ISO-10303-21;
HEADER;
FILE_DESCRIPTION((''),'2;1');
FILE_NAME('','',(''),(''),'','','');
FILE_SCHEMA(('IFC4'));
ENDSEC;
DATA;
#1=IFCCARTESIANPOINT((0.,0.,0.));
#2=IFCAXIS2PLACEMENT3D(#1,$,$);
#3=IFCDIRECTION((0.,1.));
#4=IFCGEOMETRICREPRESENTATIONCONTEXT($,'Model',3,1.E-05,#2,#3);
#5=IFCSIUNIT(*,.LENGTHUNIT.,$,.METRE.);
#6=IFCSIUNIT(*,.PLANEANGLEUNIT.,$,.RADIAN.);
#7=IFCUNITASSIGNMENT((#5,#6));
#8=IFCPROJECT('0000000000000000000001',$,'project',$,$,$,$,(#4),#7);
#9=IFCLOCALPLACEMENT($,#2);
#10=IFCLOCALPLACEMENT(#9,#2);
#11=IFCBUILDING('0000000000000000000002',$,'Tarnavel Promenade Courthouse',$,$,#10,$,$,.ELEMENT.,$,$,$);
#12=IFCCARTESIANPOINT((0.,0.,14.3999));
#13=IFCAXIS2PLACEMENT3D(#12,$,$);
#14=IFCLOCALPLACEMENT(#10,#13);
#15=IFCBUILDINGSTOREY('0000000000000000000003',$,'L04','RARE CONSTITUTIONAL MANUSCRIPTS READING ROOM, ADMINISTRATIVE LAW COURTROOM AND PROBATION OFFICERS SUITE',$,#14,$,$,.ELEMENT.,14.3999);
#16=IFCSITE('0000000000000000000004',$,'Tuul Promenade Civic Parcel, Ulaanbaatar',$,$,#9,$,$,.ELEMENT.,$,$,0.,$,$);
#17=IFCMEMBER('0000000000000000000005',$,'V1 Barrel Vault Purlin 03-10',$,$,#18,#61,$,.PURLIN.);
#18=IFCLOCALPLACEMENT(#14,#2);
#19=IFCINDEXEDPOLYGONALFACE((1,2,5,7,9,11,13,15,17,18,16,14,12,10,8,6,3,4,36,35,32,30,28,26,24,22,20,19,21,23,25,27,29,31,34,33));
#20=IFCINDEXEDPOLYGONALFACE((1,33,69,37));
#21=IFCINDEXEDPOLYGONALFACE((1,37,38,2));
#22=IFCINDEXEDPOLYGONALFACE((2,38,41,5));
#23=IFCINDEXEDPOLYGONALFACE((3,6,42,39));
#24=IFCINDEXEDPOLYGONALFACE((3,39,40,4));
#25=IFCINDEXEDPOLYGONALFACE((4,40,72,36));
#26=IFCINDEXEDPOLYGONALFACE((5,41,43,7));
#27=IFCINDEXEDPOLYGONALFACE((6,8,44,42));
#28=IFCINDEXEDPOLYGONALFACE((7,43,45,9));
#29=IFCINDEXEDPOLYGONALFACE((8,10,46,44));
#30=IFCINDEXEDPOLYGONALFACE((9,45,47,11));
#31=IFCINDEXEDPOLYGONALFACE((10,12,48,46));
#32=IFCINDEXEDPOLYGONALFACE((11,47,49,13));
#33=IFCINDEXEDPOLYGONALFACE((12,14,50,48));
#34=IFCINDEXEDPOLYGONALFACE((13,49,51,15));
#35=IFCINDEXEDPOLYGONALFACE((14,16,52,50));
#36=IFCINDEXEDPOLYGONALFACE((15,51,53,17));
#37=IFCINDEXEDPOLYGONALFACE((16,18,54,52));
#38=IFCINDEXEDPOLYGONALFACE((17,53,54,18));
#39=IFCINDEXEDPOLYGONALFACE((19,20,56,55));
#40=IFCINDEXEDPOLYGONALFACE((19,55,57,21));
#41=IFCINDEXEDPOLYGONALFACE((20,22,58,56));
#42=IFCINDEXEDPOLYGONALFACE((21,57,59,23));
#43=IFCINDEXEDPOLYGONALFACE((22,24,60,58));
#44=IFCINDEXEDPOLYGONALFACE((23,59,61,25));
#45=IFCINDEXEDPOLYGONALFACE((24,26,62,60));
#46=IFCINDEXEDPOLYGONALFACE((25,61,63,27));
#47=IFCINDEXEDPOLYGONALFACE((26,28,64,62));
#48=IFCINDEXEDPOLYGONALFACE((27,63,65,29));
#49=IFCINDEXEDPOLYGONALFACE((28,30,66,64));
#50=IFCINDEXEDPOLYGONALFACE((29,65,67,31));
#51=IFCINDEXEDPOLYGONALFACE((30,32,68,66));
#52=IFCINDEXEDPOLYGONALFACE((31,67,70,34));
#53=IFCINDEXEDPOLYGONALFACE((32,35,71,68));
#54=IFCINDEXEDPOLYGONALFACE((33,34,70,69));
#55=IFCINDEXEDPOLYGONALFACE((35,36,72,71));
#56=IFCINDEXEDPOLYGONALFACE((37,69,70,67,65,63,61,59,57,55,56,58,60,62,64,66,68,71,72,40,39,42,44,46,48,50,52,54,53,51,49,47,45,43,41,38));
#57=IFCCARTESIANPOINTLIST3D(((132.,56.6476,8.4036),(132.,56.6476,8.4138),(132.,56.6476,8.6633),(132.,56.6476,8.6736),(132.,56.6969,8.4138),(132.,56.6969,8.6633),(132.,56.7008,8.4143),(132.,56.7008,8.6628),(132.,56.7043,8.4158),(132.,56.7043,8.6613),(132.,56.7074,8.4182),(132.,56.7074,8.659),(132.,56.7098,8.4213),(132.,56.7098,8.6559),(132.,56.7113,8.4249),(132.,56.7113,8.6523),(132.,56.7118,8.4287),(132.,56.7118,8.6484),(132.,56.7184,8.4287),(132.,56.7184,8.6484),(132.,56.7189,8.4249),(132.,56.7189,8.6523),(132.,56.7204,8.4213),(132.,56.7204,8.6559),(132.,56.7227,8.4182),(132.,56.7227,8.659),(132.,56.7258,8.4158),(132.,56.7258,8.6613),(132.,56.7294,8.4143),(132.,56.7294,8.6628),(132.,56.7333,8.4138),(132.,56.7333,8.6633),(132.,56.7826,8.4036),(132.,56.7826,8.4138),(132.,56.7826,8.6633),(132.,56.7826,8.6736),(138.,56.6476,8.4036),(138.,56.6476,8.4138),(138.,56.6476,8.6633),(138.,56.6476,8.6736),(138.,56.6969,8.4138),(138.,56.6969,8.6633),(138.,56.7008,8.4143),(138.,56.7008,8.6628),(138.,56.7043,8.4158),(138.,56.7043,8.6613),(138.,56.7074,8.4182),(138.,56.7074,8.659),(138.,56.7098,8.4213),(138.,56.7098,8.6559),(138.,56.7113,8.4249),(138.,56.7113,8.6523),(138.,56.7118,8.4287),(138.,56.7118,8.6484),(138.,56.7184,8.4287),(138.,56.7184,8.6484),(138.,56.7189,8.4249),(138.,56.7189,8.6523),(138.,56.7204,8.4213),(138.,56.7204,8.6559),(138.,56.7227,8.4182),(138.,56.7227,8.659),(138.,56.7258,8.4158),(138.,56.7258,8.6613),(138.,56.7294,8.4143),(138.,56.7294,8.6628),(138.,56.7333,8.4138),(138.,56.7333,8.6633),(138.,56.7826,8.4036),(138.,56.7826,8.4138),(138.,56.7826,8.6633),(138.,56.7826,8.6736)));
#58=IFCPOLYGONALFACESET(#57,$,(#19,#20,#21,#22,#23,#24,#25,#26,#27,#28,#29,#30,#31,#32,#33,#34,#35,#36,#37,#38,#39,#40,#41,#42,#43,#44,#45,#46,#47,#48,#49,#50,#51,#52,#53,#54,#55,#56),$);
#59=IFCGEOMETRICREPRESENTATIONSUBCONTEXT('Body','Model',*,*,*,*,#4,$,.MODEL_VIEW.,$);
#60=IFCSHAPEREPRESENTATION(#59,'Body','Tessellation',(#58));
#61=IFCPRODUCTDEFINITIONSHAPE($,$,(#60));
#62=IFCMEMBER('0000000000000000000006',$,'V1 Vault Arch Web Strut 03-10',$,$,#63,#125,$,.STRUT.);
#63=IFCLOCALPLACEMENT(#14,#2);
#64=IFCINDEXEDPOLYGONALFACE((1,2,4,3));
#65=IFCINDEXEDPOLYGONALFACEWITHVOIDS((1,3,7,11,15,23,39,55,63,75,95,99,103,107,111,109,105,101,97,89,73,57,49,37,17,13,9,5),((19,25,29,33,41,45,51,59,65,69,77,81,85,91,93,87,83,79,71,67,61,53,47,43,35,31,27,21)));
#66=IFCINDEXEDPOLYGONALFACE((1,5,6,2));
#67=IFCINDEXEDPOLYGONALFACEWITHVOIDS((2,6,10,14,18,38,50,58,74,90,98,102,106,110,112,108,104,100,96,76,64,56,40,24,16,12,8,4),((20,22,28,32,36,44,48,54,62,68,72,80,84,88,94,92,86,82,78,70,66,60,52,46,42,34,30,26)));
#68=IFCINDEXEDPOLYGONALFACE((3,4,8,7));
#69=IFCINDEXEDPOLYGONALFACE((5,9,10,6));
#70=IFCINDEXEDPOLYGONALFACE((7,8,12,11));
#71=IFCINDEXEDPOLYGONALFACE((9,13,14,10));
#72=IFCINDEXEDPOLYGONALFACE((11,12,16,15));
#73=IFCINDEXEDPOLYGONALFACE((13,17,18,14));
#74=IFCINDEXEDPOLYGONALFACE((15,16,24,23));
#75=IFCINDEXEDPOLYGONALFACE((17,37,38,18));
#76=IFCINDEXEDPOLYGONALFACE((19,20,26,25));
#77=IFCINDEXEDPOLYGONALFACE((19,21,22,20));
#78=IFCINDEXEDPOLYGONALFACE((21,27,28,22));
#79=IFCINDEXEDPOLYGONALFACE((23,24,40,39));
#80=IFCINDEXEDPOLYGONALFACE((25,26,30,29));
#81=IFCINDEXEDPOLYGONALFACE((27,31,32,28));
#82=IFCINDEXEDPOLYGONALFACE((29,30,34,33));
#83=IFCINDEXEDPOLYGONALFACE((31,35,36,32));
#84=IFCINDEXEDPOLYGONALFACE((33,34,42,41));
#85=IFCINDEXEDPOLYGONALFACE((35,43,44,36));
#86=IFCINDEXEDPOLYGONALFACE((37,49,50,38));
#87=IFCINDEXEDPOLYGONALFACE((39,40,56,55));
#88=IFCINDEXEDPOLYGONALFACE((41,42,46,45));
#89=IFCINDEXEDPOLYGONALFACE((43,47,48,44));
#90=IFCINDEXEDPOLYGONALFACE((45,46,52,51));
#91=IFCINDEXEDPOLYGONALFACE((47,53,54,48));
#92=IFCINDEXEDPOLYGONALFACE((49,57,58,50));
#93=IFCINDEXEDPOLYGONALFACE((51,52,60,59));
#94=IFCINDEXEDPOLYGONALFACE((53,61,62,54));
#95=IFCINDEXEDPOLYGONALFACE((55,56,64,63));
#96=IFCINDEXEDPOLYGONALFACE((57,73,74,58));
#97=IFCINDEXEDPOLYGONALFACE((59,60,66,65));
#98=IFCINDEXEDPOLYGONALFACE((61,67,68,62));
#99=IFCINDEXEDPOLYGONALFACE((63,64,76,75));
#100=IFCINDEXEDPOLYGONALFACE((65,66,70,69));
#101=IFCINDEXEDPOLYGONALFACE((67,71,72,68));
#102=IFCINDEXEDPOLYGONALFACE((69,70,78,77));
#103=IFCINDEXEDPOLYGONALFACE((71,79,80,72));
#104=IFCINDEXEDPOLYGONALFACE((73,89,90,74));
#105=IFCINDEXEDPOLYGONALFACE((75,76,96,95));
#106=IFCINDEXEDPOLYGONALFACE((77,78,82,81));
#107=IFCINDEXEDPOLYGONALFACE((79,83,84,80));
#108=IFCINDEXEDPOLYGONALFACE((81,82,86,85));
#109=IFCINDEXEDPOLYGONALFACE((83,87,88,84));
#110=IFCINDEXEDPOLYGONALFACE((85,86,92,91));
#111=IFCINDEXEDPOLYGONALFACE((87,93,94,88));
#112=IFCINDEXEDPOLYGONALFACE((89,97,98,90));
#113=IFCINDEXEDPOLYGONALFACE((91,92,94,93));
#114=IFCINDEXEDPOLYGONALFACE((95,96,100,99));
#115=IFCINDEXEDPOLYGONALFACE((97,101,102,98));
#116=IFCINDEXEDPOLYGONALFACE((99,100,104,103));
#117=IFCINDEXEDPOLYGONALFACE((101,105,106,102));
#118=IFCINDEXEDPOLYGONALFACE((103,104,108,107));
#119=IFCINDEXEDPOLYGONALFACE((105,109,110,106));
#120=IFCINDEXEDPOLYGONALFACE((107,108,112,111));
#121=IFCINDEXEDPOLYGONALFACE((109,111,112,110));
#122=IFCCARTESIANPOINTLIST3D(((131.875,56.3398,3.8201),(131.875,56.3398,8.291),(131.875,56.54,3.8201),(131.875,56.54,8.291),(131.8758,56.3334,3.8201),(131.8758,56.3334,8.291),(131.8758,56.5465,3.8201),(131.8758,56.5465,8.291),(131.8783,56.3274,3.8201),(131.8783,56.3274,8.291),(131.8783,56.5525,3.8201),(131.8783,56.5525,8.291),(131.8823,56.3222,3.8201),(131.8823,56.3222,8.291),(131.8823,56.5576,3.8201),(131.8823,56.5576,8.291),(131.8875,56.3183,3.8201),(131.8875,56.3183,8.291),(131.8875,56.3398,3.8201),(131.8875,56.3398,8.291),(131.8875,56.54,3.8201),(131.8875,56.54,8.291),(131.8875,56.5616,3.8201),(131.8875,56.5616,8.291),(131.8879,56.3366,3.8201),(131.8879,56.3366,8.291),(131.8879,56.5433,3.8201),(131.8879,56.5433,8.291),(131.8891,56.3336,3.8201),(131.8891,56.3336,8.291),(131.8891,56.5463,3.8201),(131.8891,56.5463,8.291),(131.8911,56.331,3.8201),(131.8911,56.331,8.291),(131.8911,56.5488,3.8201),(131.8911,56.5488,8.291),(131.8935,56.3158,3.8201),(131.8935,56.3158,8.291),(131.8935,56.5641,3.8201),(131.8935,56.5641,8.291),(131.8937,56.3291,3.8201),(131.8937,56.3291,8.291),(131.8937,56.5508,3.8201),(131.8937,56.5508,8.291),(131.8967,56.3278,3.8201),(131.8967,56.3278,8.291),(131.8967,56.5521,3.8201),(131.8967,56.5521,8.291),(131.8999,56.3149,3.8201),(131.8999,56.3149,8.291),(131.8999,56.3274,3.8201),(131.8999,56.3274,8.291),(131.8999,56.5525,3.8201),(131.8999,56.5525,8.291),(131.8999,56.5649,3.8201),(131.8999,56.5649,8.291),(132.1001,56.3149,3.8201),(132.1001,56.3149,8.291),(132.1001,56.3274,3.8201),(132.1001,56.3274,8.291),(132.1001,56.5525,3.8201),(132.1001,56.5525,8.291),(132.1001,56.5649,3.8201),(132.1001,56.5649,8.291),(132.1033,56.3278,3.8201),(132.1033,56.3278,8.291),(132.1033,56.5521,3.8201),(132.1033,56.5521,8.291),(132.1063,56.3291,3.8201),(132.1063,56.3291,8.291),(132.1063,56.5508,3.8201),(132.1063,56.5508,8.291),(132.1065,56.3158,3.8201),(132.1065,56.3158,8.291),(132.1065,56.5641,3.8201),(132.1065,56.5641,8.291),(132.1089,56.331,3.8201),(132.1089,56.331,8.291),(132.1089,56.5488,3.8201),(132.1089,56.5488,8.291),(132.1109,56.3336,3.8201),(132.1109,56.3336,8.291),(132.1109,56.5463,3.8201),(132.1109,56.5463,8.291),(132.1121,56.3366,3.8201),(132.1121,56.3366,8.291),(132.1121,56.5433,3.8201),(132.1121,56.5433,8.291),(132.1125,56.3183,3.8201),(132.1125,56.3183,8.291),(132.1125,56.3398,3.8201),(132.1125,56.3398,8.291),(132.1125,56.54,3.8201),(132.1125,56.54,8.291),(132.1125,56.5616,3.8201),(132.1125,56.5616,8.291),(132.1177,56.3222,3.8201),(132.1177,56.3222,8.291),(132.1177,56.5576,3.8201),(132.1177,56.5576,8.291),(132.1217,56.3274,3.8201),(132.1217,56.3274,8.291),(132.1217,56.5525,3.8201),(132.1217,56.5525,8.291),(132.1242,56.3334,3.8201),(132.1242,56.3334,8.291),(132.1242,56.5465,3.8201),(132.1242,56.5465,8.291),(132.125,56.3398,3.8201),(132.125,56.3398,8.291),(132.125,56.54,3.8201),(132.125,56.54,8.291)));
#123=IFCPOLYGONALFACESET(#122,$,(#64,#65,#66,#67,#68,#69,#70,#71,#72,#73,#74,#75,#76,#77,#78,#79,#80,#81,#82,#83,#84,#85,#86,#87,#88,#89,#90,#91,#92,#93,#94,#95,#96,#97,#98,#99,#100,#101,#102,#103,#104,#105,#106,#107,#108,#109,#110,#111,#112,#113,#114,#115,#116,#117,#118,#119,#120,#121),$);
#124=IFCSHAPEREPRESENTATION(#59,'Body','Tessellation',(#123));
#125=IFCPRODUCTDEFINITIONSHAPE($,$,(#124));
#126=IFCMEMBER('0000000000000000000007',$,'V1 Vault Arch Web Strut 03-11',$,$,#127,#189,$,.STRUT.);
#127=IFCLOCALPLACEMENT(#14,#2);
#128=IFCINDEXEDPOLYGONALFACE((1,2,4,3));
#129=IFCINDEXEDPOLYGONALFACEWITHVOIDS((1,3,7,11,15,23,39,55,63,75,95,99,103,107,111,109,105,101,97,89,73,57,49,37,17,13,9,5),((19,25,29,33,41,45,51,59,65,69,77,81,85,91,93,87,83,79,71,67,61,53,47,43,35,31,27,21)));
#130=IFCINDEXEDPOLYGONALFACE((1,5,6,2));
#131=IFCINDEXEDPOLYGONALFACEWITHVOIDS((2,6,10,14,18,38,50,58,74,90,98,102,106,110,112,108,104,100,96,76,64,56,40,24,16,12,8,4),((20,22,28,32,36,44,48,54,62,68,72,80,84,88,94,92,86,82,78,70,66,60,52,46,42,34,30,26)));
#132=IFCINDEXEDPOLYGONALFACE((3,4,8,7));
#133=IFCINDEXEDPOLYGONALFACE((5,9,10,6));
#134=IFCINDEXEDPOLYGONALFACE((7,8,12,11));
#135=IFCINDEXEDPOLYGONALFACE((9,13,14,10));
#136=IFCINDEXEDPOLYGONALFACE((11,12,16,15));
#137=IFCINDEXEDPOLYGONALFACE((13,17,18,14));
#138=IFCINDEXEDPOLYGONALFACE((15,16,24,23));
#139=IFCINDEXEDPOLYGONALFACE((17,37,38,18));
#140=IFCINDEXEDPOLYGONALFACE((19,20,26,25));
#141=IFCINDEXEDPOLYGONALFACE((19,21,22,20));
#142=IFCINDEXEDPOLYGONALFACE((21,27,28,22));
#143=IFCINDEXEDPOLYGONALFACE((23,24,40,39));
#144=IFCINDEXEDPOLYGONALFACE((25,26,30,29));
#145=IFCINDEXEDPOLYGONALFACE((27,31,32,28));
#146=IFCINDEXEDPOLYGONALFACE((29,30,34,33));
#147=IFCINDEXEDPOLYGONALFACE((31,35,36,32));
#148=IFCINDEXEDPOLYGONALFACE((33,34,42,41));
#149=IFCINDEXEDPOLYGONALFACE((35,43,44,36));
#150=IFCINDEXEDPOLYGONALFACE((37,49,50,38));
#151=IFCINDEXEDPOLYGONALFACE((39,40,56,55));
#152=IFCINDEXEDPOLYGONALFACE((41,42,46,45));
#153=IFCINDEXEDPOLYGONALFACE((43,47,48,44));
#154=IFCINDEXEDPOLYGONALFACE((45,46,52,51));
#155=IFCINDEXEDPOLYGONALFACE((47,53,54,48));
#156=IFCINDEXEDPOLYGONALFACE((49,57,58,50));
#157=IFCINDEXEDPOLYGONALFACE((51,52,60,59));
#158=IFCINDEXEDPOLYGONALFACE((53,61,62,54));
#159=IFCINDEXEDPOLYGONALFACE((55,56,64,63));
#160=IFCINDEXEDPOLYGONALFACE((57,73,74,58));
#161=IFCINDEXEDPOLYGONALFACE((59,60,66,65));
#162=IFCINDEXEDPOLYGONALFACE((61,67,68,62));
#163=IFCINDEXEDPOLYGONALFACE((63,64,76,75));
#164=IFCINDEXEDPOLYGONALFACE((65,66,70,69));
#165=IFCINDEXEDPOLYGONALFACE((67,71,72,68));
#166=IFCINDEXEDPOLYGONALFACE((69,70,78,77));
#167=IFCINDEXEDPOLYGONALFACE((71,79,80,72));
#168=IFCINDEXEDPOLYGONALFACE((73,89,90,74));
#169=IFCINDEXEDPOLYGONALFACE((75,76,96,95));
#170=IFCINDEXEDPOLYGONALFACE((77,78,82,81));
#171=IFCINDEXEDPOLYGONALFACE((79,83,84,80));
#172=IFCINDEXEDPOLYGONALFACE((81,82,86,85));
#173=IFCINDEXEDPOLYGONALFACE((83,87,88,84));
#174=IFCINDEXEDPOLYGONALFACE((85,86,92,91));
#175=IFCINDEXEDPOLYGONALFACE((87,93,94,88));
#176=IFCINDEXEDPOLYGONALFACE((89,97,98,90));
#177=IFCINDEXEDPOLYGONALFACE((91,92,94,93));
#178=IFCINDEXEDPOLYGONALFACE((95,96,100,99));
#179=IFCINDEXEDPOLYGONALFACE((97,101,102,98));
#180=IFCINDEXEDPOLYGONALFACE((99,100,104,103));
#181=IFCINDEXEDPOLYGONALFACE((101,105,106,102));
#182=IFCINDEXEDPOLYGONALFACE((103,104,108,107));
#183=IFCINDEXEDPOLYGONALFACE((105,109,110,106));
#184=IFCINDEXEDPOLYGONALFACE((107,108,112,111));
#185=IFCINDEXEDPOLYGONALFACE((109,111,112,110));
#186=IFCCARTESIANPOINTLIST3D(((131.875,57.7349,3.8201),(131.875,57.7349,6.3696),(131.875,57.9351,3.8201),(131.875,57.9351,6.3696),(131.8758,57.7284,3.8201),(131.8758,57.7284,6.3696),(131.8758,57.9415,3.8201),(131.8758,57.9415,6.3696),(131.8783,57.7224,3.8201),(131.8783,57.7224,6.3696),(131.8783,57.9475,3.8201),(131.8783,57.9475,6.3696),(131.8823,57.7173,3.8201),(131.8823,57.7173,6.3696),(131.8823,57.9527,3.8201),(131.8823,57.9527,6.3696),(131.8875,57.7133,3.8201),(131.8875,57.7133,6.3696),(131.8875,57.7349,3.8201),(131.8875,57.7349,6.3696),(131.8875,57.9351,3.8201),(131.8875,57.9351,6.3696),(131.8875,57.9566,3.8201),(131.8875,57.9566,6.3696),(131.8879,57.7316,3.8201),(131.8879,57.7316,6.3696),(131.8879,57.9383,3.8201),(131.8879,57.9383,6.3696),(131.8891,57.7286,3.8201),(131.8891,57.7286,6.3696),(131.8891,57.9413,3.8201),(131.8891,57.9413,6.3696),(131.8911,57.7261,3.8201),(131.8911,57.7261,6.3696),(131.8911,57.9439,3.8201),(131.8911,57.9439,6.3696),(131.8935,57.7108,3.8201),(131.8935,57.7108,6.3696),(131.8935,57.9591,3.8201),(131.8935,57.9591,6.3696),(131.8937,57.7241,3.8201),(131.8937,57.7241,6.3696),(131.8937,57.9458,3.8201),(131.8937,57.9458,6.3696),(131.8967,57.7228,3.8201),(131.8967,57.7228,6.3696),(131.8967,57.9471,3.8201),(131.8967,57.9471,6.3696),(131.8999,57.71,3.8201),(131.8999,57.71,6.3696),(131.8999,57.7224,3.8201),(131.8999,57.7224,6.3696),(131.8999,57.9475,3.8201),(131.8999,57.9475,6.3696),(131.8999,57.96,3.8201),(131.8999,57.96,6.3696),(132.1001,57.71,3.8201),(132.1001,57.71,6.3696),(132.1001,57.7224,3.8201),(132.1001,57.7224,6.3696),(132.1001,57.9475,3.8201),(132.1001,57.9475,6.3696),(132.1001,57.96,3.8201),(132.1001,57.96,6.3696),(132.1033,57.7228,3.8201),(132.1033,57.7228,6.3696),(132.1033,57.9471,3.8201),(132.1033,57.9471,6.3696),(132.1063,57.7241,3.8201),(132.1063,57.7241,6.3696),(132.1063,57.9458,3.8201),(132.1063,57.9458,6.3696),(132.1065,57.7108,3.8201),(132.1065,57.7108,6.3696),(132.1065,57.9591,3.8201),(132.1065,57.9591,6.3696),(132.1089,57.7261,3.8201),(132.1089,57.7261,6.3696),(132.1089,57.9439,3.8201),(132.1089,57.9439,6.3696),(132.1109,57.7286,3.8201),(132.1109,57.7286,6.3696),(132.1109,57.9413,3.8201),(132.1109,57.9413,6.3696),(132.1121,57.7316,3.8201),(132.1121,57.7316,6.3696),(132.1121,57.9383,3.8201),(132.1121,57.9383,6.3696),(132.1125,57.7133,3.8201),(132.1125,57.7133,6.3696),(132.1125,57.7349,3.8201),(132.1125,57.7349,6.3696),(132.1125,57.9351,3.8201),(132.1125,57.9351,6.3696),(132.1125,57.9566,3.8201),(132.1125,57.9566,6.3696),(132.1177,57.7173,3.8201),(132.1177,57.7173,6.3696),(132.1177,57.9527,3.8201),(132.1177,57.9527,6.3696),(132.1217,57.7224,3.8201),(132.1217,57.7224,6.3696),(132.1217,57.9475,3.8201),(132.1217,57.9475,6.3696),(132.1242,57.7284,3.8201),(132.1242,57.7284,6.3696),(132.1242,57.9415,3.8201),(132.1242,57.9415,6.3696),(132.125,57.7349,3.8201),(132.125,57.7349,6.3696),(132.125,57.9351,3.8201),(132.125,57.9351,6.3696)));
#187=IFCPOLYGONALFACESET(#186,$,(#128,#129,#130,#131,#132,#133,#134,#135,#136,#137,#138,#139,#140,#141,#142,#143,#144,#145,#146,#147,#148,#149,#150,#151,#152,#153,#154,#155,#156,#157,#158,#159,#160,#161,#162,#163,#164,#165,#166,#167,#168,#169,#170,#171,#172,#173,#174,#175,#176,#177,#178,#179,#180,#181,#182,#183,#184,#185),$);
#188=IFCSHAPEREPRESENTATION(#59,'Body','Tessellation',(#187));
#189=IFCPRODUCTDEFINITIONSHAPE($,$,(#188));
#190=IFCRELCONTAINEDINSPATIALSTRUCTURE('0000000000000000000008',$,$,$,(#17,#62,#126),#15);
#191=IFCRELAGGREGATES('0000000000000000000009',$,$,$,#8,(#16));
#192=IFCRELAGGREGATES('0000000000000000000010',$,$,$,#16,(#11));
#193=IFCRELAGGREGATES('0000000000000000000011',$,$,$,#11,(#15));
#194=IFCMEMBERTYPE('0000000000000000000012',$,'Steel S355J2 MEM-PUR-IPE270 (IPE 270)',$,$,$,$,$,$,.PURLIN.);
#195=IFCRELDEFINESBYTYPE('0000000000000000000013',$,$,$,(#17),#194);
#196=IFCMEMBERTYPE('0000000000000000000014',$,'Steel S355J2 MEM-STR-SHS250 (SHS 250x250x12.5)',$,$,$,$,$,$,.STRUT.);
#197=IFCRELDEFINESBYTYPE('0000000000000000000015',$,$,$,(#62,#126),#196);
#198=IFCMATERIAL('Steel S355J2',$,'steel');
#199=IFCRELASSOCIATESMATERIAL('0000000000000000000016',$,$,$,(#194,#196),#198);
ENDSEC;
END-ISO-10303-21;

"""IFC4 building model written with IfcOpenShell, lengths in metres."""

from ifc_helpers import new_model, si_unit, direction, frame, origin, origin_2d, place, context, subcontext, project, spatial, hollow_rectangle, i_section, extrude, material, material_profile, profile_set, type_object, element, save


model = new_model("IFC4")

# Units and contexts
model_context = context("Model", 3, precision=1e-05, world=origin(), true_north=direction((0.0, 1.0)))
body_context = subcontext(model_context, "Body", "Model", "MODEL_VIEW")
ifc_project = project(units=[si_unit("LENGTHUNIT", "METRE"), si_unit("PLANEANGLEUNIT", "RADIAN")], contexts=[model_context])

# Site, building, storey
site_placement = place(None, origin())
site = spatial("IfcSite", under=ifc_project, at=site_placement, Name="Tuul Promenade Civic Parcel, Ulaanbaatar", CompositionType="ELEMENT", RefElevation=0.0)
building_placement = place(site_placement, origin())
building = spatial("IfcBuilding", under=site, at=building_placement, Name="Tarnavel Promenade Courthouse", CompositionType="ELEMENT")
storey_placement = place(building_placement, frame((0.0, 0.0, 14.3999)))
storey = spatial("IfcBuildingStorey", under=building, at=storey_placement, Name="L04", Description="RARE CONSTITUTIONAL MANUSCRIPTS READING ROOM, ADMINISTRATIVE LAW COURTROOM AND PROBATION OFFICERS SUITE", CompositionType="ELEMENT", Elevation=14.3999)

# Shared definitions
ifc_material_1 = material(Name="Steel S355J2", Category="steel")

# Members
ifc_material_profile_1 = material_profile(ifc_material_1, i_section(OverallWidth=0.135, OverallDepth=0.27, WebThickness=0.0066, FlangeThickness=0.0103, FilletRadius=0.0149, at=origin_2d()), Name="IPE 270")
ifc_profile_set_1 = profile_set([ifc_material_profile_1], Name="Steel S355J2")
member_type_1 = type_object("IfcMemberType", Name="Steel S355J2 MEM-PUR-IPE270 (IPE 270)", PredefinedType="PURLIN", material=ifc_profile_set_1)
member_1_placement = place(storey_placement, frame((132.0, 56.7151, 8.5386), z_axis=(1.0, 0.0, 0.0), x_axis=(0.0, 1.0, 0.0)))
element("IfcMember", 1, at=member_1_placement, inside=storey, type_object=member_type_1, Name="V1 Barrel Vault Purlin 03-10", PredefinedType="PURLIN", context=body_context, shape_type="SweptSolid", body=[
    extrude(i_section(OverallWidth=0.135, OverallDepth=0.27, WebThickness=0.0066, FlangeThickness=0.0103, FilletRadius=0.0149, at=origin_2d()), origin(), (0.0, 0.0, 1.0), 6.0),
])
ifc_material_profile_2 = material_profile(ifc_material_1, hollow_rectangle(XDim=0.25, YDim=0.25, WallThickness=0.0125, InnerFilletRadius=0.0125, OuterFilletRadius=0.0249, at=origin_2d()), Name="SHS 250x250x12.5")
ifc_profile_set_2 = profile_set([ifc_material_profile_2], Name="Steel S355J2")
member_type_2 = type_object("IfcMemberType", Name="Steel S355J2 MEM-STR-SHS250 (SHS 250x250x12.5)", PredefinedType="STRUT", material=ifc_profile_set_2)
member_2_placement = place(storey_placement, frame((132.0, 56.4399, 3.8201), z_axis=(0.0, 0.0, 1.0), x_axis=(1.0, 0.0, 0.0)))
element("IfcMember", 2, at=member_2_placement, inside=storey, type_object=member_type_2, Name="V1 Vault Arch Web Strut 03-10", PredefinedType="STRUT", context=body_context, shape_type="SweptSolid", body=[
    extrude(hollow_rectangle(XDim=0.25, YDim=0.25, WallThickness=0.0125, InnerFilletRadius=0.0125, OuterFilletRadius=0.0249, at=origin_2d()), origin(), (0.0, 0.0, 1.0), 4.4709),
])
member_3_placement = place(storey_placement, frame((132.0, 57.835, 3.8201), z_axis=(0.0, 0.0, 1.0), x_axis=(1.0, 0.0, 0.0)))
element("IfcMember", 3, at=member_3_placement, inside=storey, type_object=member_type_2, Name="V1 Vault Arch Web Strut 03-11", PredefinedType="STRUT", context=body_context, shape_type="SweptSolid", body=[
    extrude(hollow_rectangle(XDim=0.25, YDim=0.25, WallThickness=0.0125, InnerFilletRadius=0.0125, OuterFilletRadius=0.0249, at=origin_2d()), origin(), (0.0, 0.0, 1.0), 2.5496),
])

save(model, "model.ifc")
